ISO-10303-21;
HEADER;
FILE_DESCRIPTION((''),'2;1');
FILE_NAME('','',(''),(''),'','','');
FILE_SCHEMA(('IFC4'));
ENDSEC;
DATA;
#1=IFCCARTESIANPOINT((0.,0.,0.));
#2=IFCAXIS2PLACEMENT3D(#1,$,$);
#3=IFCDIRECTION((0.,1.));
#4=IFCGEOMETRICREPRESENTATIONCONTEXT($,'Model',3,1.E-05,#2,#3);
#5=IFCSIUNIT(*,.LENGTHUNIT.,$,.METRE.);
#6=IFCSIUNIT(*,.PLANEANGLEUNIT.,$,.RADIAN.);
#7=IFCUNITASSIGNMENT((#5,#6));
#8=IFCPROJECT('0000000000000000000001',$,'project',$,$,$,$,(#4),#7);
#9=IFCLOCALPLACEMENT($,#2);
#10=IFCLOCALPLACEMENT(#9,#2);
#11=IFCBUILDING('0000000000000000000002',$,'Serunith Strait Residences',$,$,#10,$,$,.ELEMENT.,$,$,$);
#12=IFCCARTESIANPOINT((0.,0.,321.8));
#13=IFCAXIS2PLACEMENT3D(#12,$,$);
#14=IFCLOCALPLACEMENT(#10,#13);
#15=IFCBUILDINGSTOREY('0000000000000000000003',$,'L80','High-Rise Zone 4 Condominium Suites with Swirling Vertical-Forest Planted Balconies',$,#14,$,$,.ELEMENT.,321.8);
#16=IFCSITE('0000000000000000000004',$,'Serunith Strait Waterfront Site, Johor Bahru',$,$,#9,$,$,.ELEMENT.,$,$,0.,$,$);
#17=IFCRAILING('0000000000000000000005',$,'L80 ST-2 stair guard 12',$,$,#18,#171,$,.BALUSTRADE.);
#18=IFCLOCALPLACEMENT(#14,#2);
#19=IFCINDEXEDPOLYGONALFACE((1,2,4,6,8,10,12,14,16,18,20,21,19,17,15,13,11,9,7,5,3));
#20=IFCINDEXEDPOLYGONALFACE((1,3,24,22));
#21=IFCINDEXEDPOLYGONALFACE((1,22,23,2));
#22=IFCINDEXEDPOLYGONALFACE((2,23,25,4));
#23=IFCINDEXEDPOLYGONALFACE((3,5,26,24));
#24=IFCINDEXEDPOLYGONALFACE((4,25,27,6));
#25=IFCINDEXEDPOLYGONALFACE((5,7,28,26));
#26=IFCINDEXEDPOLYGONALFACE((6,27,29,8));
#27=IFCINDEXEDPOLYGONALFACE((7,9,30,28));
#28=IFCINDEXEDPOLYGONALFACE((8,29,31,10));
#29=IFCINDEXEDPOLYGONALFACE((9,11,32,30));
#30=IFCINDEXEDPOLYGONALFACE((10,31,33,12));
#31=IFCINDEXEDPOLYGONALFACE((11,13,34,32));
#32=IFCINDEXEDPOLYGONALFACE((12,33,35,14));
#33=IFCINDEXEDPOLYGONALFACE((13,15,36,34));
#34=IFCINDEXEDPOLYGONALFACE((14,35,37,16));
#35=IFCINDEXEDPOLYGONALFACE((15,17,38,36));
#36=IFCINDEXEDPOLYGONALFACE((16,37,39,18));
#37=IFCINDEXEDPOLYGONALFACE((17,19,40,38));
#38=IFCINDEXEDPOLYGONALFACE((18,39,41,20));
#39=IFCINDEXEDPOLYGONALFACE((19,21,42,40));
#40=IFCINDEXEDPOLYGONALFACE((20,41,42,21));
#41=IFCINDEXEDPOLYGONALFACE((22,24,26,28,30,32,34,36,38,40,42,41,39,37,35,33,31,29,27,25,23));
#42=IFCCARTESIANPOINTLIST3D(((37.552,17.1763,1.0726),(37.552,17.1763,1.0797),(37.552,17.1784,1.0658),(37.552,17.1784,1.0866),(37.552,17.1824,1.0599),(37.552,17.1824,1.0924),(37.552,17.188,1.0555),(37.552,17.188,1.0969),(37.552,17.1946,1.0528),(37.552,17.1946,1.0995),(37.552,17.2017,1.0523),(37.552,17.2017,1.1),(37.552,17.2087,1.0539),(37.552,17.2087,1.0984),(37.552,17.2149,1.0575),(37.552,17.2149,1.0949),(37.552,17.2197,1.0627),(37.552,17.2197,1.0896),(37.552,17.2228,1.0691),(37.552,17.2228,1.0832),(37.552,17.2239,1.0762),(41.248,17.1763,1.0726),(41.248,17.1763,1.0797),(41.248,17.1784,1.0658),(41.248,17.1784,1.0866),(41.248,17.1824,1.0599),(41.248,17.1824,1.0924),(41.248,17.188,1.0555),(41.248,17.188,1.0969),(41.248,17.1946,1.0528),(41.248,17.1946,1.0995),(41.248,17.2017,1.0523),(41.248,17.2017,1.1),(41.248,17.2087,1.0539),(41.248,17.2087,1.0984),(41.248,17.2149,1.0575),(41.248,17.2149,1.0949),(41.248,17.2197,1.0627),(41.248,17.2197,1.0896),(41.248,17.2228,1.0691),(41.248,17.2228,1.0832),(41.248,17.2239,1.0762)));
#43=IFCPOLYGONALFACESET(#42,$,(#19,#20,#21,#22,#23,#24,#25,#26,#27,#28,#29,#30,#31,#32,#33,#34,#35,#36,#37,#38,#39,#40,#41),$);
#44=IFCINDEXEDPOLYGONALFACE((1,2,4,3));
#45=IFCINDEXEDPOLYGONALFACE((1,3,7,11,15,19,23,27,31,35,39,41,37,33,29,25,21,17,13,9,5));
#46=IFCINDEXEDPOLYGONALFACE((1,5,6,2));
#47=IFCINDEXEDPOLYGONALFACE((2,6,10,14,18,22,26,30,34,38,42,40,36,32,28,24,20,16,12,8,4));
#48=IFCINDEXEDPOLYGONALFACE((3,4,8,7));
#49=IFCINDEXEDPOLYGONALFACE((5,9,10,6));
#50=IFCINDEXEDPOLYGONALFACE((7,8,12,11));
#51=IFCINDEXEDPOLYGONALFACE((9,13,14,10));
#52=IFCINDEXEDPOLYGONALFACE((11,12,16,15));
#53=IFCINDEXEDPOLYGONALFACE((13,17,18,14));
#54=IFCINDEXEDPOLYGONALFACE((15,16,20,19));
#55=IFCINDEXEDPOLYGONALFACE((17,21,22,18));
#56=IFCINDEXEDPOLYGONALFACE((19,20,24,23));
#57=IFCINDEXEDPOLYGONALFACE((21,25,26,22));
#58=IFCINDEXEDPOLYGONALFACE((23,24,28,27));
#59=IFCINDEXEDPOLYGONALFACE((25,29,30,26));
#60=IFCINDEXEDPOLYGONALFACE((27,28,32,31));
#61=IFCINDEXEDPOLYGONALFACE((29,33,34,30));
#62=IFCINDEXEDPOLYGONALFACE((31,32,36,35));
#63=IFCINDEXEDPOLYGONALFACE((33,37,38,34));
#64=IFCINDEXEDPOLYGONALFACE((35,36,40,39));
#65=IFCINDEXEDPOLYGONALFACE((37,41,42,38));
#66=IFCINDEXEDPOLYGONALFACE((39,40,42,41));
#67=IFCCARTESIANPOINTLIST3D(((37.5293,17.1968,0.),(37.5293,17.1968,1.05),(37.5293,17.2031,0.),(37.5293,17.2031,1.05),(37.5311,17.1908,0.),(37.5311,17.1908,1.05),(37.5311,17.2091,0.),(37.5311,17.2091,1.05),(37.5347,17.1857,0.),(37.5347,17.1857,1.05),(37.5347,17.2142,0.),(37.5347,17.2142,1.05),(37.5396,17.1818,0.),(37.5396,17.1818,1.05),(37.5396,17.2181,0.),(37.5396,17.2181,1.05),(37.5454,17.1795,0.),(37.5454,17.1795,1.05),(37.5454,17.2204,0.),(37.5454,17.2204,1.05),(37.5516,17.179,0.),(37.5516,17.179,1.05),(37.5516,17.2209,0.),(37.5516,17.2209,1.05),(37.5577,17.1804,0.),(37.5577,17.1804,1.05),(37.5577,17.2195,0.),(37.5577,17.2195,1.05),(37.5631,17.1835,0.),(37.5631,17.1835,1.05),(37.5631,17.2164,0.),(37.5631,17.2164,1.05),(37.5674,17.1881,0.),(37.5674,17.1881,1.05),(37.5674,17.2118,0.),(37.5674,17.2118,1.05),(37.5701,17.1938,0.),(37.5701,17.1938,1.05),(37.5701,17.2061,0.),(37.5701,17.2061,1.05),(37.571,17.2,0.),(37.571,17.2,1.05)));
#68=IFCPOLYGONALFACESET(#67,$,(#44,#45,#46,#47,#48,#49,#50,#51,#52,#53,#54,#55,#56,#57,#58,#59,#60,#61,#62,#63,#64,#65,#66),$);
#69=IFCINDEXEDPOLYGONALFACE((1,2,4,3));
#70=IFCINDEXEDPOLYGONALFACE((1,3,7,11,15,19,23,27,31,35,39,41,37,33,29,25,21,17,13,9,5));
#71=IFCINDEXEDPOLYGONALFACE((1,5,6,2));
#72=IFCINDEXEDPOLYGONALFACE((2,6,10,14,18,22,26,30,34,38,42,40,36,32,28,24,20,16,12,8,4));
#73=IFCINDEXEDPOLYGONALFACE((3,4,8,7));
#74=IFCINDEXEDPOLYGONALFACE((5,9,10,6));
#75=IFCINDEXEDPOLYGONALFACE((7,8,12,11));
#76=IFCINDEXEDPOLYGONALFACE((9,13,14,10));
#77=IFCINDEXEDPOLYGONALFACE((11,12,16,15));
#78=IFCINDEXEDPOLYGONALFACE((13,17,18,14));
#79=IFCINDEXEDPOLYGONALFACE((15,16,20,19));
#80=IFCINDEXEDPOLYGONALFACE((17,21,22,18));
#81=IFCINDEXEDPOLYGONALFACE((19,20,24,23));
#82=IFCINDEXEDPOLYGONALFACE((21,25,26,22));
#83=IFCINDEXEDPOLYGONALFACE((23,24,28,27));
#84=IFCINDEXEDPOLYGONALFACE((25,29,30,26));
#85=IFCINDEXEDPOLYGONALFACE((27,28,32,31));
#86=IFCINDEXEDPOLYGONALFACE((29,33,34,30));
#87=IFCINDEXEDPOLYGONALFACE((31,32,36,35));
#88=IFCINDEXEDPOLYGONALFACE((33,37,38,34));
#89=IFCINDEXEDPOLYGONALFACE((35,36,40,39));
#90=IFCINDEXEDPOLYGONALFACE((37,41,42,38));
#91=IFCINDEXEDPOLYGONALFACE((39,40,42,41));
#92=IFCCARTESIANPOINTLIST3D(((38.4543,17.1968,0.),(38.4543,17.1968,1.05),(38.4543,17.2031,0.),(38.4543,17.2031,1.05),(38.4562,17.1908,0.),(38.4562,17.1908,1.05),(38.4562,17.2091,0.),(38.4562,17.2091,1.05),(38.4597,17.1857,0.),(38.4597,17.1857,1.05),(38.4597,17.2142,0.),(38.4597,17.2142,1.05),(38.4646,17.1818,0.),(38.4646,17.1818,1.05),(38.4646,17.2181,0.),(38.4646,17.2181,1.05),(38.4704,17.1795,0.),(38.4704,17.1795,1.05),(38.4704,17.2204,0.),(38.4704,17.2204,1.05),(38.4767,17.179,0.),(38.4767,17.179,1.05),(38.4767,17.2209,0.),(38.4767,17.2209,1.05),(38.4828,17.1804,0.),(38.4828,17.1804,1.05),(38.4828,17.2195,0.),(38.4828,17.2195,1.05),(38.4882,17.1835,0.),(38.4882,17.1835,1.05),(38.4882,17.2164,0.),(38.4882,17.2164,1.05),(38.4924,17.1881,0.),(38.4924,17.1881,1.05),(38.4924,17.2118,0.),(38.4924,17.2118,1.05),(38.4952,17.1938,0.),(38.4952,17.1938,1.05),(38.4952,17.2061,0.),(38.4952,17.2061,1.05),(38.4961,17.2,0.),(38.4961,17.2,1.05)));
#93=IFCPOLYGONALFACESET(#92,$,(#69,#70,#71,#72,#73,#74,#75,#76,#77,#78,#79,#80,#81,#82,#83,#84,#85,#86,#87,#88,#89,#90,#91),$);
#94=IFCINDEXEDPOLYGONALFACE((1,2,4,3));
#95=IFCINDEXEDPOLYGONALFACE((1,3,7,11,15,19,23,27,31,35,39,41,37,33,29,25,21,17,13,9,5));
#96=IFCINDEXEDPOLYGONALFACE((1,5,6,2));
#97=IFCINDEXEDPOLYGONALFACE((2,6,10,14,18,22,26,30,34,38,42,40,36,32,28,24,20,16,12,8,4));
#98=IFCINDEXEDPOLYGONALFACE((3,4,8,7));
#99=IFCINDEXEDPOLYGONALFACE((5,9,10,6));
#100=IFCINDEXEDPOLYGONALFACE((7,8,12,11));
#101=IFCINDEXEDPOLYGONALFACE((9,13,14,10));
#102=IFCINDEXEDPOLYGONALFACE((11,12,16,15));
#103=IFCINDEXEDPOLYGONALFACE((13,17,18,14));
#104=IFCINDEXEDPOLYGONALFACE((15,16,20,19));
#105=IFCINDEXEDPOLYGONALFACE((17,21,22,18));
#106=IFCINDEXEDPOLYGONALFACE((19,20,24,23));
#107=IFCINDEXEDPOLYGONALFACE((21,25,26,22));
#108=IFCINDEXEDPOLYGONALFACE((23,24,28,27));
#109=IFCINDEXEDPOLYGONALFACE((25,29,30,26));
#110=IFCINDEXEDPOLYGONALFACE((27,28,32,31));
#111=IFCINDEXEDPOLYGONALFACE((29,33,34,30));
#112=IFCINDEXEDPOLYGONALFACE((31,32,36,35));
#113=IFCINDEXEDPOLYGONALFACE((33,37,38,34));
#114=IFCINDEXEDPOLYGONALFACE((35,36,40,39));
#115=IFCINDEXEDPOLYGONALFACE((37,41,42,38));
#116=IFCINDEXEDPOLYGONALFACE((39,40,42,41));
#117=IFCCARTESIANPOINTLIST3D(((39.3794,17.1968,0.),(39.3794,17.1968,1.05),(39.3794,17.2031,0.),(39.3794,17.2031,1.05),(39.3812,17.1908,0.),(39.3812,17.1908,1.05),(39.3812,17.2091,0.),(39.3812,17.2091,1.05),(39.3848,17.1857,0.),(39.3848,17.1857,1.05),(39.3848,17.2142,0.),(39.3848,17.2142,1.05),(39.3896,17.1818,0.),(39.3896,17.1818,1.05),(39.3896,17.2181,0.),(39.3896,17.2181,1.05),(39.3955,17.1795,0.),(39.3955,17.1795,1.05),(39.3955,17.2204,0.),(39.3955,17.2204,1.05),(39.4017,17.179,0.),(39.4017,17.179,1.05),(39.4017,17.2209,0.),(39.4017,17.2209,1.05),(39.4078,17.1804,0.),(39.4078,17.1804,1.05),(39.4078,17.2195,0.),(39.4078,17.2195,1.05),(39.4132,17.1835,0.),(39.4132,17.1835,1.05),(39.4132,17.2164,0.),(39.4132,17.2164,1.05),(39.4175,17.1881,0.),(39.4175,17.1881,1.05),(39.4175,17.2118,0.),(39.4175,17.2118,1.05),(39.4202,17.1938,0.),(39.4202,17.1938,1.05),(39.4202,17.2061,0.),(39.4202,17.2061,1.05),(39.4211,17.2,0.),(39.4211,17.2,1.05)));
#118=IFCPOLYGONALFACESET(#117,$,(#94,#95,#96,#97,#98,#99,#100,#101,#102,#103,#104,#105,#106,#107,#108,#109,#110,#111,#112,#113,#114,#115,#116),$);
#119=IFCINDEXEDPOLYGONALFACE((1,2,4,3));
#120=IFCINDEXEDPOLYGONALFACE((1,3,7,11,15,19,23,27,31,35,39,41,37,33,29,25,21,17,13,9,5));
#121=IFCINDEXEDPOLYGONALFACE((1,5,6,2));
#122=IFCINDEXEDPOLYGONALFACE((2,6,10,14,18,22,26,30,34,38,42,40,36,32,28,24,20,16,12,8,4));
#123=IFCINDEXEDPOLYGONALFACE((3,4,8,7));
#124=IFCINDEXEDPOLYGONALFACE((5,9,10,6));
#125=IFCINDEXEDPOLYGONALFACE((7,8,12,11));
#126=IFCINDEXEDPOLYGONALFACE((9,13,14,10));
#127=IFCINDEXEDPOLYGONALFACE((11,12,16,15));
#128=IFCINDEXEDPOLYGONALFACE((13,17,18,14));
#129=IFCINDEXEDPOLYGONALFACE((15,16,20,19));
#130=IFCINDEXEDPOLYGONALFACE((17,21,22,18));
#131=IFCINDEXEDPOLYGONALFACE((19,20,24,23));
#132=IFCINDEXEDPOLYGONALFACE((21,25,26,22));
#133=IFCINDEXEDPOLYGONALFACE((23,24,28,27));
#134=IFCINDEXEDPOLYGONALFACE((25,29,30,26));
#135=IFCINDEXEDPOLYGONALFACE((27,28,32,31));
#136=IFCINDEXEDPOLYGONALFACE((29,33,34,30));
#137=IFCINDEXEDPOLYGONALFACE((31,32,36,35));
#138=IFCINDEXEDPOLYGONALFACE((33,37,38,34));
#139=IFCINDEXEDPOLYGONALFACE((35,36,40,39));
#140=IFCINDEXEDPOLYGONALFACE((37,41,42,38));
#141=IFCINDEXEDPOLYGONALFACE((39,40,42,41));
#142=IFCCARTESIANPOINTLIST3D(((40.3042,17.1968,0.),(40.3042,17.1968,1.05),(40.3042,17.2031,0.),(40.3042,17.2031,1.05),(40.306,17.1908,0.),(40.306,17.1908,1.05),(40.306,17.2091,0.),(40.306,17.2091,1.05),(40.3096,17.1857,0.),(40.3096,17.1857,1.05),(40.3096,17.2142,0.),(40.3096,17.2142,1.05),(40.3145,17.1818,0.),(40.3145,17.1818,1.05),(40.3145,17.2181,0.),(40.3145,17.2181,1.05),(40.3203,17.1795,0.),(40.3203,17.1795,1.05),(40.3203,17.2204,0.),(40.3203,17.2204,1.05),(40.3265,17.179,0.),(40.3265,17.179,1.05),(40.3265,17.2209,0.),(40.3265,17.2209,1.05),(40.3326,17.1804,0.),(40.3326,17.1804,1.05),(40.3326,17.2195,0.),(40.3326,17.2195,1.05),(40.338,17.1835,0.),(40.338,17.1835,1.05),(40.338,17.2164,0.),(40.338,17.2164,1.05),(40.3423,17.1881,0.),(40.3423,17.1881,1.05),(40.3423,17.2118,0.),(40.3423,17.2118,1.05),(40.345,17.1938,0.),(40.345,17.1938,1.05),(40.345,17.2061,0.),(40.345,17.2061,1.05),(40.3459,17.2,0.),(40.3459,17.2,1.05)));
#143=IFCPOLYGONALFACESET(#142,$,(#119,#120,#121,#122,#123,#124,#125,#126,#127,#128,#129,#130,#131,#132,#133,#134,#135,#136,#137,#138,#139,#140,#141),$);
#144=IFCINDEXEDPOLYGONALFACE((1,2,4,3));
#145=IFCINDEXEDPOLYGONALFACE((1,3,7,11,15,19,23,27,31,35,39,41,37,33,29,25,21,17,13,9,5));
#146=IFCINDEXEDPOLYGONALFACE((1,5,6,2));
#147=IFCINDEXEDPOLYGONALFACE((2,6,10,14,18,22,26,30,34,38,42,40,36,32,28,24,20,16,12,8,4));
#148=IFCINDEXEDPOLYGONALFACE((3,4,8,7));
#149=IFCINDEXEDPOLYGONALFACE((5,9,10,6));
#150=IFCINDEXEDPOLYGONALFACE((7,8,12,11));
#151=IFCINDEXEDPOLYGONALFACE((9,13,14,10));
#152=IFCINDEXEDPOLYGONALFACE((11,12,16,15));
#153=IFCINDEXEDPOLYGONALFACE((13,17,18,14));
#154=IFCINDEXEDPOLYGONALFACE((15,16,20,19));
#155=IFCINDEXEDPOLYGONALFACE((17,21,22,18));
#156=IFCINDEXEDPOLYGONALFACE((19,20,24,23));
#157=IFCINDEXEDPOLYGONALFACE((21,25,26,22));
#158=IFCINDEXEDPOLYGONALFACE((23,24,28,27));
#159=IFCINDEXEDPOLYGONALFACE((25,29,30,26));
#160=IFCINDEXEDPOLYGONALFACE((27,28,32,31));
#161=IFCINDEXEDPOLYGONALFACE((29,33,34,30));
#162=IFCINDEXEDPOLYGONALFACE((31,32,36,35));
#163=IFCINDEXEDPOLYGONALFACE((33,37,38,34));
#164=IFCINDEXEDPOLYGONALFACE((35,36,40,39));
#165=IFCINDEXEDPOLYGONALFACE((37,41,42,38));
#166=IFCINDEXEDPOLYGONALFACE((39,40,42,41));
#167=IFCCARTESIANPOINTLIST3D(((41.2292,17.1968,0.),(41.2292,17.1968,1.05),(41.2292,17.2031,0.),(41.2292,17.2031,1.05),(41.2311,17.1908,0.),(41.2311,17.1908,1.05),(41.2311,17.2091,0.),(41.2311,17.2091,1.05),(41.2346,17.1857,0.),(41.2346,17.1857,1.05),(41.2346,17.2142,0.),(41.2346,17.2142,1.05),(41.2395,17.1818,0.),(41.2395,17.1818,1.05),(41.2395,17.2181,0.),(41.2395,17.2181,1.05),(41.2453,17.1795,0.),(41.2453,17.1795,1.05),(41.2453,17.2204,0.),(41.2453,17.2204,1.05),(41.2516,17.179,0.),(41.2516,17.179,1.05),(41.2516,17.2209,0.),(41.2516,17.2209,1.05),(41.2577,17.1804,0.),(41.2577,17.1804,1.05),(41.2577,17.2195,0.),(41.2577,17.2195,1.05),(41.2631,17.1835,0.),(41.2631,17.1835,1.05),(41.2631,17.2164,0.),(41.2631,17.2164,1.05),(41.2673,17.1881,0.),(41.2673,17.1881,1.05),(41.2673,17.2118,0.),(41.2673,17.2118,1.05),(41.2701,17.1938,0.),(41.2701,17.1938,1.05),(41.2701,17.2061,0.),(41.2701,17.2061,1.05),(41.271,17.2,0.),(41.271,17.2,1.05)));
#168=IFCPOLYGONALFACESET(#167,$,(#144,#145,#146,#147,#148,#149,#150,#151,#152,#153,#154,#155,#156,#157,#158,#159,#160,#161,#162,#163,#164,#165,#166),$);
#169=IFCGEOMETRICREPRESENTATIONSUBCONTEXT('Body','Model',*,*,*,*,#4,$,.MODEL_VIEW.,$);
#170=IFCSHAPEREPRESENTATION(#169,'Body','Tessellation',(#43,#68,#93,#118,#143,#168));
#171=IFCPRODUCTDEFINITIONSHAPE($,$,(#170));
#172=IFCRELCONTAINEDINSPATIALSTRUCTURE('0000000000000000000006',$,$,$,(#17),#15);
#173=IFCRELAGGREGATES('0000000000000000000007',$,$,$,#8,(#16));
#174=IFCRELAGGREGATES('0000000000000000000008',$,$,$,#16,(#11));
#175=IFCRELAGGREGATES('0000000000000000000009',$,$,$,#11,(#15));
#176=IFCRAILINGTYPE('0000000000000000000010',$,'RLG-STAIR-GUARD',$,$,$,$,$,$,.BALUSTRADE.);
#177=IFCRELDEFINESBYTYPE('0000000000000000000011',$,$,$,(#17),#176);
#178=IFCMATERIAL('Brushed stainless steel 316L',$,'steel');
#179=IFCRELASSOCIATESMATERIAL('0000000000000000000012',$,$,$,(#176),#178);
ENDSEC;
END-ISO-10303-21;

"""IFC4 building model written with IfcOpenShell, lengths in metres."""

from ifc_helpers import new_model, si_unit, direction, frame, origin, origin_2d, place, context, subcontext, project, spatial, circle, extrude, material, type_object, element, save


model = new_model("IFC4")

# Units and contexts
model_context = context("Model", 3, precision=1e-05, world=origin(), true_north=direction((0.0, 1.0)))
body_context = subcontext(model_context, "Body", "Model", "MODEL_VIEW")
ifc_project = project(units=[si_unit("LENGTHUNIT", "METRE"), si_unit("PLANEANGLEUNIT", "RADIAN")], contexts=[model_context])

# Site, building, storey
site_placement = place(None, origin())
site = spatial("IfcSite", under=ifc_project, at=site_placement, Name="Serunith Strait Waterfront Site, Johor Bahru", CompositionType="ELEMENT", RefElevation=0.0)
building_placement = place(site_placement, origin())
building = spatial("IfcBuilding", under=site, at=building_placement, Name="Serunith Strait Residences", CompositionType="ELEMENT")
storey_placement = place(building_placement, frame((0.0, 0.0, 321.8)))
storey = spatial("IfcBuildingStorey", under=building, at=storey_placement, Name="L80", Description="High-Rise Zone 4 Condominium Suites with Swirling Vertical-Forest Planted Balconies", CompositionType="ELEMENT", Elevation=321.8)

# Railing
ifc_material_1 = material(Name="Brushed stainless steel 316L", Category="steel")
railing_type_1 = type_object("IfcRailingType", Name="RLG-STAIR-GUARD", PredefinedType="BALUSTRADE", material=ifc_material_1)
railing_1_placement = place(storey_placement, frame((37.55, 17.2, 0.0)))
element("IfcRailing", 1, at=railing_1_placement, inside=storey, type_object=railing_type_1, Name="L80 ST-2 stair guard 12", PredefinedType="BALUSTRADE", context=body_context, shape_type="SweptSolid", body=[
    extrude(circle(Radius=0.0239, at=origin_2d()), frame((0.002, 0.0, 1.0762), z_axis=(1.0, 0.0, 0.0), x_axis=(0.0, 1.0, 0.0)), (0.0, 0.0, 1.0), 3.696),
    extrude(circle(Radius=0.021, at=origin_2d()), origin(), (0.0, 0.0, 1.0), 1.05),
    extrude(circle(Radius=0.021, at=origin_2d()), frame((0.925, 0.0, 0.0)), (0.0, 0.0, 1.0), 1.05),
    extrude(circle(Radius=0.021, at=origin_2d()), frame((1.8501, 0.0, 0.0)), (0.0, 0.0, 1.0), 1.05),
    extrude(circle(Radius=0.021, at=origin_2d()), frame((2.7749, 0.0, 0.0)), (0.0, 0.0, 1.0), 1.05),
    extrude(circle(Radius=0.021, at=origin_2d()), frame((3.7, 0.0, 0.0)), (0.0, 0.0, 1.0), 1.05),
])

save(model, "model.ifc")
